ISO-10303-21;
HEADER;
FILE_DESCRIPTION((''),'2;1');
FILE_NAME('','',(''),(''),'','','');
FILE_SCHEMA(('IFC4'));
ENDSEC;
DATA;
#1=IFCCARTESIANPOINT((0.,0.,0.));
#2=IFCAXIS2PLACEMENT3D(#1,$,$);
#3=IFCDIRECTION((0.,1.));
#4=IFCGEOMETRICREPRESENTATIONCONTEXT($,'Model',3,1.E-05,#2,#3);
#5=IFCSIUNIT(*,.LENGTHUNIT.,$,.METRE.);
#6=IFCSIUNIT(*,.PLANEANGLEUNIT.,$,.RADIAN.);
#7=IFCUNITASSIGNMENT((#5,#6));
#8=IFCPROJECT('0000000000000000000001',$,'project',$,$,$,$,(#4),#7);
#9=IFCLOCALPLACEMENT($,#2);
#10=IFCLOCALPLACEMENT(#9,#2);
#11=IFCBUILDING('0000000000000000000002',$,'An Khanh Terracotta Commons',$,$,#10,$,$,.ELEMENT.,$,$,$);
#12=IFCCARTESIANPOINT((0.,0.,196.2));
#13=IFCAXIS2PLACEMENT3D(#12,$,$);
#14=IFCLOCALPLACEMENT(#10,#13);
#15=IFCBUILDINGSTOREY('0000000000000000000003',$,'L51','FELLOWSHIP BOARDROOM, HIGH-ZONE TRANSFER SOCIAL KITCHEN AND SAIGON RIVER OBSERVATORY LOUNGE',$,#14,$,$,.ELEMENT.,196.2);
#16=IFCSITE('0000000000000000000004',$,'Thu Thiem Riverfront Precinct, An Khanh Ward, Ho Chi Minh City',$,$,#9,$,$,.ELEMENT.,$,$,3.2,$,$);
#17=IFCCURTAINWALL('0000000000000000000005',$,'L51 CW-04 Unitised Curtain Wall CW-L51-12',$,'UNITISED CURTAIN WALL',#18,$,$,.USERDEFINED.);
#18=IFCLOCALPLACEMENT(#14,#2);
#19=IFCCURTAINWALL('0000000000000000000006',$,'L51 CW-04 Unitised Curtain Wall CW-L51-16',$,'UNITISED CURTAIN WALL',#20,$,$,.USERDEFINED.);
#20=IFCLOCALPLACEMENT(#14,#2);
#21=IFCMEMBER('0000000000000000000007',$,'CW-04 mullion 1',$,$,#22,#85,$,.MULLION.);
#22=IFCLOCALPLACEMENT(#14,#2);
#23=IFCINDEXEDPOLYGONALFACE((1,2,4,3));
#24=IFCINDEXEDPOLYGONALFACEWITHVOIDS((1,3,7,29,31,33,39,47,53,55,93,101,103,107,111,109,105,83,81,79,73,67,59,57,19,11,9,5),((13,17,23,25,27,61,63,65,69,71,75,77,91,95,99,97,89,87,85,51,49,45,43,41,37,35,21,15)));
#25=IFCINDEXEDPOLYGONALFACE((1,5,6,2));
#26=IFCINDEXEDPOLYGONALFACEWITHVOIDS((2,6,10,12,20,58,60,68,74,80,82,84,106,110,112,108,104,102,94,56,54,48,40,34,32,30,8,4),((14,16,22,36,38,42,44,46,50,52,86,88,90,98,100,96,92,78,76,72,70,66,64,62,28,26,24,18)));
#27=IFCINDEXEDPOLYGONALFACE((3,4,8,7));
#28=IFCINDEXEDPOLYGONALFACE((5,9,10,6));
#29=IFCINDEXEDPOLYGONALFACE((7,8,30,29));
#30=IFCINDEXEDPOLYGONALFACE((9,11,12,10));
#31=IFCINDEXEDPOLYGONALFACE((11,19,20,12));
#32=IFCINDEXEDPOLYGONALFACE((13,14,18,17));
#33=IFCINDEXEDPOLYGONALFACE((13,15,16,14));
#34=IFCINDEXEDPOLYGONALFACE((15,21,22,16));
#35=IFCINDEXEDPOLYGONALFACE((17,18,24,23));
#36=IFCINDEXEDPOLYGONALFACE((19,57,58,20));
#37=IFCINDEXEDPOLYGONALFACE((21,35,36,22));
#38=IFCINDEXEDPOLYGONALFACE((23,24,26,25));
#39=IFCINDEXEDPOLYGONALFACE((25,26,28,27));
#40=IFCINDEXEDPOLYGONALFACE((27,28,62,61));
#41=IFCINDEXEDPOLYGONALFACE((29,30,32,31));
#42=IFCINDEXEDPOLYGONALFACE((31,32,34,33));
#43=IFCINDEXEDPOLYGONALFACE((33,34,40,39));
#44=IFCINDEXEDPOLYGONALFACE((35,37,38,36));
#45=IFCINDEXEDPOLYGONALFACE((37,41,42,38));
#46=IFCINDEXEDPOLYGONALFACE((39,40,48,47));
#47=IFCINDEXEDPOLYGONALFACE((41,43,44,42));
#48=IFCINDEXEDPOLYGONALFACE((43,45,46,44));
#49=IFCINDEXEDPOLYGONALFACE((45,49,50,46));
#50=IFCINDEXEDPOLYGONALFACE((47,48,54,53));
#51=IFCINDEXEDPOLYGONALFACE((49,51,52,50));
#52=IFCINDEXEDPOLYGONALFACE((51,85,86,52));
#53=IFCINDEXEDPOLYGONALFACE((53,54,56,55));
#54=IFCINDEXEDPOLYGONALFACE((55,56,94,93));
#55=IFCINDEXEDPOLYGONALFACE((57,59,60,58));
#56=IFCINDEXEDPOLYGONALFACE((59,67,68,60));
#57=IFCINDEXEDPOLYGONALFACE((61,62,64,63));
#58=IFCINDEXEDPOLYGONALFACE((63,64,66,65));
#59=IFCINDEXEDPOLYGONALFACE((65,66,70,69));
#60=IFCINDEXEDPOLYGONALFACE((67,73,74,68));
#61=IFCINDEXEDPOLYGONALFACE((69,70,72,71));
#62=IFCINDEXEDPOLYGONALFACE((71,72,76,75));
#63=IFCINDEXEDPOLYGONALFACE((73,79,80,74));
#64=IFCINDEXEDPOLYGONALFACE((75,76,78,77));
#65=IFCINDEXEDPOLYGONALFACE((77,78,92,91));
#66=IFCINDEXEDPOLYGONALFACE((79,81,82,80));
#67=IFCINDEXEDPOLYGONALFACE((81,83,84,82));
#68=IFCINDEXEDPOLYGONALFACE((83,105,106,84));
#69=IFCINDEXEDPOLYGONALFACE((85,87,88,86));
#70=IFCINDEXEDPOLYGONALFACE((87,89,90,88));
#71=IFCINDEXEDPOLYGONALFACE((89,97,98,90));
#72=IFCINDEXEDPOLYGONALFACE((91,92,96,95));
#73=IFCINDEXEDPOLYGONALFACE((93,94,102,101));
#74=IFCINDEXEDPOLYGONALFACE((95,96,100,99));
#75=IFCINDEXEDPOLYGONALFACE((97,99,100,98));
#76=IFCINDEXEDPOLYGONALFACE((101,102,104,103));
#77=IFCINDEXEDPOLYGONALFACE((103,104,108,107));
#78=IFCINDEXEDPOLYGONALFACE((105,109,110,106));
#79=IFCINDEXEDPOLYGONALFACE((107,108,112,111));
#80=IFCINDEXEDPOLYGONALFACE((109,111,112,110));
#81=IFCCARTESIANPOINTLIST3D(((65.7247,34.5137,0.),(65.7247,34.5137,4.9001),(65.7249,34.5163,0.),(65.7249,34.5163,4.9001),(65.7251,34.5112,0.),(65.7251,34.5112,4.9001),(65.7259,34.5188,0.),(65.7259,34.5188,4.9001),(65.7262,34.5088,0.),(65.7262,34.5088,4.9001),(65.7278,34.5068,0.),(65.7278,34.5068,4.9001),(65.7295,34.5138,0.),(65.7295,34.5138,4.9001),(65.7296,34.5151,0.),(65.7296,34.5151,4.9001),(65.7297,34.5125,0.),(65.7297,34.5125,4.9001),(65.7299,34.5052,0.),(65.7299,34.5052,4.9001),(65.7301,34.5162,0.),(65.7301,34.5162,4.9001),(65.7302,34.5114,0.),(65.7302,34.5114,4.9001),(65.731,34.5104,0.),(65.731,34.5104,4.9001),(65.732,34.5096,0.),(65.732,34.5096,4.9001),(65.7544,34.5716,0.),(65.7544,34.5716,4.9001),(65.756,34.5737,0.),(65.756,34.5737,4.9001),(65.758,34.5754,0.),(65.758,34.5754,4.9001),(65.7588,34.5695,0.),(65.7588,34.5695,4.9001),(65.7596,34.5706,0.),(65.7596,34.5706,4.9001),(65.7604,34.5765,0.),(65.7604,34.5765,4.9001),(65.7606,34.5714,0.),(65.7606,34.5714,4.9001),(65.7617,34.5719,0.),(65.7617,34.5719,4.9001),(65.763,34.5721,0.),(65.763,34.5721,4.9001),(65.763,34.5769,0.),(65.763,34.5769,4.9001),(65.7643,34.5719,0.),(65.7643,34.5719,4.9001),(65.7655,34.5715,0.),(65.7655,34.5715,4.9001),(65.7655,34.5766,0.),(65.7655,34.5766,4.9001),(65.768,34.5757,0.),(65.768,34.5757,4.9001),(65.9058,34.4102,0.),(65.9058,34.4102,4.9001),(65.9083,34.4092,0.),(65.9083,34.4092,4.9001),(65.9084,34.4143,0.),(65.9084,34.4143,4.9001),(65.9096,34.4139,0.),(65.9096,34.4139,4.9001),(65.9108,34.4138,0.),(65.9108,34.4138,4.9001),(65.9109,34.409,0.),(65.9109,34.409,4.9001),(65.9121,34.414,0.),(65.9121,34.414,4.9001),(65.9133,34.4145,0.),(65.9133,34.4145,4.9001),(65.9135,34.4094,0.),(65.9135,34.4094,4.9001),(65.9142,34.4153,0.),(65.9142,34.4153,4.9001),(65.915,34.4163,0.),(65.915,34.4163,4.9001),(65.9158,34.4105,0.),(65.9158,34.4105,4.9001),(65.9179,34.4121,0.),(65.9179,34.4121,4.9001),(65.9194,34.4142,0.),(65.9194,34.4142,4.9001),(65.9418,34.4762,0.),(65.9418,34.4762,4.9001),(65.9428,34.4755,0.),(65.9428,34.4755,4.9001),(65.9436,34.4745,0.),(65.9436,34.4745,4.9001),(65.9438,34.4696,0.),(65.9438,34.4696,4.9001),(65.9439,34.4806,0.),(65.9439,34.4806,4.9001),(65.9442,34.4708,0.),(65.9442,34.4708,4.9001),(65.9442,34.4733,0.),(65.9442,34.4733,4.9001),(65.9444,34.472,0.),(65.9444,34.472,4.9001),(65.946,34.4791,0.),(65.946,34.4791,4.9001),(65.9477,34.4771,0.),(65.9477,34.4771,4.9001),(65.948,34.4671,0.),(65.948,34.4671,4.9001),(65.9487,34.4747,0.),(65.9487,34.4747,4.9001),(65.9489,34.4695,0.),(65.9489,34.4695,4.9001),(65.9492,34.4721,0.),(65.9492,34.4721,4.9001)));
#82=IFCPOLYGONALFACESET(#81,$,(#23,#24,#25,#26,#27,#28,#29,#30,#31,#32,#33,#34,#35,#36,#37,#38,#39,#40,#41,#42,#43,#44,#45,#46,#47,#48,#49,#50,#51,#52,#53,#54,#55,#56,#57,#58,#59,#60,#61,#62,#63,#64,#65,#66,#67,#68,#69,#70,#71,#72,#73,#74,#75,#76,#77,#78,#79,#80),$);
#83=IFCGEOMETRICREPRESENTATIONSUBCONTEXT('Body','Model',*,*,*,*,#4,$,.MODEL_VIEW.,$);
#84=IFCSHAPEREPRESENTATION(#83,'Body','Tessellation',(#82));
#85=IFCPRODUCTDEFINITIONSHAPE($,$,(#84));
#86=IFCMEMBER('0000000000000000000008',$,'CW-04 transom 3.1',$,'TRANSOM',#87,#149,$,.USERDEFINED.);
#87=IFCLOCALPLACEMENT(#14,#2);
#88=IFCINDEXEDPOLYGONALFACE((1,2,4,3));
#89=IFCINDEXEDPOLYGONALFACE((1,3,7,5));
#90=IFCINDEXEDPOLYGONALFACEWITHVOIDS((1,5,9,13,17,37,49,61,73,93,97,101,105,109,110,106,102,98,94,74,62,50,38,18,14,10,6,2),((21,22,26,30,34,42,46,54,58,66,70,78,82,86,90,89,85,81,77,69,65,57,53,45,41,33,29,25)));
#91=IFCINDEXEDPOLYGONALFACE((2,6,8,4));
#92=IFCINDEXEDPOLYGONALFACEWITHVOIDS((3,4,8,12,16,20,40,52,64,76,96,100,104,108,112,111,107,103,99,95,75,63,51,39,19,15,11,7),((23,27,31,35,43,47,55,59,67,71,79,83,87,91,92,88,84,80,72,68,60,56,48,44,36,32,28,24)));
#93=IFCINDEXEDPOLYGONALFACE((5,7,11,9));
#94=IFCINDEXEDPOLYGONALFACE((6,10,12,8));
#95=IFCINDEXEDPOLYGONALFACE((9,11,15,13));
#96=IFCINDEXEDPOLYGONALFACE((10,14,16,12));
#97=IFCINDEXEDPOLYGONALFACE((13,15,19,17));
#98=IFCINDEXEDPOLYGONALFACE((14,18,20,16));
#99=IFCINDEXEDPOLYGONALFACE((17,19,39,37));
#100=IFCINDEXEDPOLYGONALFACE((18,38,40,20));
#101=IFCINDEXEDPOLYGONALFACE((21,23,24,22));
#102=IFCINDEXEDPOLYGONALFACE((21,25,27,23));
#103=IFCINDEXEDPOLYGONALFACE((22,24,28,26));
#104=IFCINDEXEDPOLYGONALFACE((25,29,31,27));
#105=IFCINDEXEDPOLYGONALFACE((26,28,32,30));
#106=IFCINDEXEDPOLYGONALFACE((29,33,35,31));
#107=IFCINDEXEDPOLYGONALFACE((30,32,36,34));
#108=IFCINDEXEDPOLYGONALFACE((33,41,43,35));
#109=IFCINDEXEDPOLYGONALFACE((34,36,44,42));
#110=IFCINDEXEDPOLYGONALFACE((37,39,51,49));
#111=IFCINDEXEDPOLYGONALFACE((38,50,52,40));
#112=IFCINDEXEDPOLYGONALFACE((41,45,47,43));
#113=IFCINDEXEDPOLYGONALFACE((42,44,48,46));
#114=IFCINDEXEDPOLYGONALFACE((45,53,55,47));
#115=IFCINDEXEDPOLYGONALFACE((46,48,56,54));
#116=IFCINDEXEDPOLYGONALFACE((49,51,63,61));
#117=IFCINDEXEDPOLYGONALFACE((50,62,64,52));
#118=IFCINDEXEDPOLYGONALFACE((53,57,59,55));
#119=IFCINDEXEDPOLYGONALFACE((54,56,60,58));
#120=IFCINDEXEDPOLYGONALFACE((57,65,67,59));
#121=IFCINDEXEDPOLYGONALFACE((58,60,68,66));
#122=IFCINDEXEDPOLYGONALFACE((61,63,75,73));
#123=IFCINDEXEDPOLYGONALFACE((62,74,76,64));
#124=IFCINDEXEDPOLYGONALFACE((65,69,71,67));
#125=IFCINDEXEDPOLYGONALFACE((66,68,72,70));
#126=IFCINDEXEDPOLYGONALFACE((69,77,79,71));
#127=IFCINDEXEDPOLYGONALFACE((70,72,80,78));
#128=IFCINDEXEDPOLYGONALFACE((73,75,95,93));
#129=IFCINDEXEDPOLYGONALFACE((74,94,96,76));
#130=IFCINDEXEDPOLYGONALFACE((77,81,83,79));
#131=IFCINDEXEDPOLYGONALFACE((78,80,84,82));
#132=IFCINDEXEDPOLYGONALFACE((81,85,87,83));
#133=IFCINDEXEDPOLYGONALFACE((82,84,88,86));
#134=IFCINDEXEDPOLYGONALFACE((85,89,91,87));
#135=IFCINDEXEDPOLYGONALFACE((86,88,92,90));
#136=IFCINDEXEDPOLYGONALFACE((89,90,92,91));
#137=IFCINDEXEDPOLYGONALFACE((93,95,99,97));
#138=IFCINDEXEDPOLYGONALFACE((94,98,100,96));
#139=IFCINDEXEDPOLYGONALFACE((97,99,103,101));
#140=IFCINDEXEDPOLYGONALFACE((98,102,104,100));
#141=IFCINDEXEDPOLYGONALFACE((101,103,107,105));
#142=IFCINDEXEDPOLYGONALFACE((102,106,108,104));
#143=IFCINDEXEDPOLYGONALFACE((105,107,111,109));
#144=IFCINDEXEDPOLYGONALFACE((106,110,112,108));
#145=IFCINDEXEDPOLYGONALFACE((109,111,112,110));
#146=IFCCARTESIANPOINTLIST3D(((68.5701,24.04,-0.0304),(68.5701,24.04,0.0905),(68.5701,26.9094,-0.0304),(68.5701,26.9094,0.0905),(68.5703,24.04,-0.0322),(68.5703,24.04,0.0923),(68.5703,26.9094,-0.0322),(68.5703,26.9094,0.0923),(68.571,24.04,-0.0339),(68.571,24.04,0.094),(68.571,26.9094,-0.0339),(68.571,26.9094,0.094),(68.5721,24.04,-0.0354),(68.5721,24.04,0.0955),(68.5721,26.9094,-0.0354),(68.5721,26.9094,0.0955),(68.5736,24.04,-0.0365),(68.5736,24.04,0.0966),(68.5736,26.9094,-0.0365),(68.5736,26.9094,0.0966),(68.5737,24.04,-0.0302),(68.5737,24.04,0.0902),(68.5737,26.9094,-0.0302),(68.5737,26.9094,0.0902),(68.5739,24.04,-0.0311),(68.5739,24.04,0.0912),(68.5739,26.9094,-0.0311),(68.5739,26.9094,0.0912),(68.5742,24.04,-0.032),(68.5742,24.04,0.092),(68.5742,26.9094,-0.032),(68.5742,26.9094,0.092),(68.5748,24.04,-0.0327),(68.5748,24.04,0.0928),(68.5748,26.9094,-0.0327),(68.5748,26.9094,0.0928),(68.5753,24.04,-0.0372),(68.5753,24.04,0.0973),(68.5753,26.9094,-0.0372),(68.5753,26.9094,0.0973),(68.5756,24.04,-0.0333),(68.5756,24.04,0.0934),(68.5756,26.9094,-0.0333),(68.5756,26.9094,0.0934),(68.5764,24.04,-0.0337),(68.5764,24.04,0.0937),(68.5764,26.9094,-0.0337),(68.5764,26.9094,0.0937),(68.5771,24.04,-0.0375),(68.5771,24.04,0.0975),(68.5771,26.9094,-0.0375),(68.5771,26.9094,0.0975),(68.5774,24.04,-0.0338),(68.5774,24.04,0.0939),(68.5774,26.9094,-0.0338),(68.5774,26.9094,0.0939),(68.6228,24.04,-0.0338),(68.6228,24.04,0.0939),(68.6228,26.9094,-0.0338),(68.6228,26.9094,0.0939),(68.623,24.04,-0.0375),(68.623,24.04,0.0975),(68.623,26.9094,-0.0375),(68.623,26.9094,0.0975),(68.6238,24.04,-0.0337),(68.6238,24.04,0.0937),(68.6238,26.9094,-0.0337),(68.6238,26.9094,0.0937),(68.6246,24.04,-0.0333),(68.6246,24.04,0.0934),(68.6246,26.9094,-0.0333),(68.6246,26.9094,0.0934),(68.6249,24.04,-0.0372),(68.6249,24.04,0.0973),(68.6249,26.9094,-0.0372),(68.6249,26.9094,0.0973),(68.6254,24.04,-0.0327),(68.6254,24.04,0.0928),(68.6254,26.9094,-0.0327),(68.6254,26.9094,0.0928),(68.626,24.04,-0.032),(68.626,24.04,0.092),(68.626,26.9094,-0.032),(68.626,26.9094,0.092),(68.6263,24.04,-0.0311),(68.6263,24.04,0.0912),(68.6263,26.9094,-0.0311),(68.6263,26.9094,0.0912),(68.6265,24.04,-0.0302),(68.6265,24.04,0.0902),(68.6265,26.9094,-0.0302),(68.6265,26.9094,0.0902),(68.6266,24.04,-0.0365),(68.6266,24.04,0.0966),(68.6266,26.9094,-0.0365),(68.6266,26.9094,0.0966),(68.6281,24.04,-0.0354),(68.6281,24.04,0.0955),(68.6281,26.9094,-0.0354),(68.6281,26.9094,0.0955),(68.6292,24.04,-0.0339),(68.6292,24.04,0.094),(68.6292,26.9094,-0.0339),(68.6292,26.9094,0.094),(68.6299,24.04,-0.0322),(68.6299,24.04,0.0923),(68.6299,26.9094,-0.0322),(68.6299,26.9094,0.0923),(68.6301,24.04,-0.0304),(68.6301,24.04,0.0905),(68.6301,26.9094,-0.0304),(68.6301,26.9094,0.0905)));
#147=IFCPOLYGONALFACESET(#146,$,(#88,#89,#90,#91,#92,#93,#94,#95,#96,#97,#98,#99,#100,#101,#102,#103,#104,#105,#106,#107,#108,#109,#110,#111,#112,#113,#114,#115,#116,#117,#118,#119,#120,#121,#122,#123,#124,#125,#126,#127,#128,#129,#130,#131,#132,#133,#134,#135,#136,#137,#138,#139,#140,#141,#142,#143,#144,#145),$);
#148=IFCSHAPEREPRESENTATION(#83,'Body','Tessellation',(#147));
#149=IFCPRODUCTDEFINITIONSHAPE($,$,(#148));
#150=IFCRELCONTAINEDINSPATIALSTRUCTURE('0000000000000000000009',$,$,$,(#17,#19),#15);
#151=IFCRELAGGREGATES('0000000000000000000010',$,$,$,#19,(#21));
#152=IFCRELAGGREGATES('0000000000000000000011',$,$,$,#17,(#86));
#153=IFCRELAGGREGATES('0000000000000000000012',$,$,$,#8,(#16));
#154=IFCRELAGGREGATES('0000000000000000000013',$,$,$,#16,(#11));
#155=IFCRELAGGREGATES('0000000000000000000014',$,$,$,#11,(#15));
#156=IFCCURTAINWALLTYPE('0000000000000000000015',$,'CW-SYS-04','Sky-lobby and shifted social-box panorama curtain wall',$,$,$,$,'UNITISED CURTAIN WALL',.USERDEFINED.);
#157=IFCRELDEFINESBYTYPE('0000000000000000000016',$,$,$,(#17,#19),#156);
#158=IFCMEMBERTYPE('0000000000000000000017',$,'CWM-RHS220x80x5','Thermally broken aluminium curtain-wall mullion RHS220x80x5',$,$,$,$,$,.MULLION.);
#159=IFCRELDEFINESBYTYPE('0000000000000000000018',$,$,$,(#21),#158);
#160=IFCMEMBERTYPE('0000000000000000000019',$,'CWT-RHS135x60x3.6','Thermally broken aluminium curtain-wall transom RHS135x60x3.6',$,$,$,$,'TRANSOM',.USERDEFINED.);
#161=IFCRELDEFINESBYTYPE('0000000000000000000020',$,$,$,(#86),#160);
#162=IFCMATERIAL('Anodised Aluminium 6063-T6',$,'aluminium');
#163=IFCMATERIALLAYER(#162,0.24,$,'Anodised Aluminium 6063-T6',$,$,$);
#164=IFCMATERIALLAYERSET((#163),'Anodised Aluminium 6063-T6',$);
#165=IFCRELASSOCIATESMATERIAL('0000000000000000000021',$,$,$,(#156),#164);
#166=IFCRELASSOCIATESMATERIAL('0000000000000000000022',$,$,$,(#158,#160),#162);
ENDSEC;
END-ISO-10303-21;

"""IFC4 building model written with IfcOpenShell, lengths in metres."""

from ifc_helpers import new_model, si_unit, direction, frame, origin, origin_2d, place, context, subcontext, project, spatial, hollow_rectangle, extrude, material, layer, layer_set, material_profile, profile_set, type_object, element, aggregate, save


model = new_model("IFC4")

# Units and contexts
model_context = context("Model", 3, precision=1e-05, world=origin(), true_north=direction((0.0, 1.0)))
body_context = subcontext(model_context, "Body", "Model", "MODEL_VIEW")
ifc_project = project(units=[si_unit("LENGTHUNIT", "METRE"), si_unit("PLANEANGLEUNIT", "RADIAN")], contexts=[model_context])

# Site, building, storey
site_placement = place(None, origin())
site = spatial("IfcSite", under=ifc_project, at=site_placement, Name="Thu Thiem Riverfront Precinct, An Khanh Ward, Ho Chi Minh City", CompositionType="ELEMENT", RefElevation=3.2)
building_placement = place(site_placement, origin())
building = spatial("IfcBuilding", under=site, at=building_placement, Name="An Khanh Terracotta Commons", CompositionType="ELEMENT")
storey_placement = place(building_placement, frame((0.0, 0.0, 196.2)))
storey = spatial("IfcBuildingStorey", under=building, at=storey_placement, Name="L51", Description="FELLOWSHIP BOARDROOM, HIGH-ZONE TRANSFER SOCIAL KITCHEN AND SAIGON RIVER OBSERVATORY LOUNGE", CompositionType="ELEMENT", Elevation=196.2)

# Curtain wall
ifc_material_1 = material(Name="Anodised Aluminium 6063-T6", Category="aluminium")
ifc_layer_1 = layer(ifc_material_1, 0.24, Name="Anodised Aluminium 6063-T6")
ifc_layer_set_1 = layer_set([ifc_layer_1], Name="Anodised Aluminium 6063-T6")
curtain_wall_type = type_object("IfcCurtainWallType", Name="CW-SYS-04", Description="Sky-lobby and shifted social-box panorama curtain wall", ElementType="UNITISED CURTAIN WALL", PredefinedType="USERDEFINED", material=ifc_layer_set_1)
curtain_wall_1_placement = place(storey_placement, origin())
curtain_wall_1 = element("IfcCurtainWall", 1, at=curtain_wall_1_placement, inside=storey, type_object=curtain_wall_type, Name="L51 CW-04 Unitised Curtain Wall CW-L51-12", ObjectType="UNITISED CURTAIN WALL", PredefinedType="USERDEFINED")
ifc_material_profile_1 = material_profile(ifc_material_1, hollow_rectangle(XDim=0.0801, YDim=0.22, WallThickness=0.0049, InnerFilletRadius=0.0049, OuterFilletRadius=0.01, at=origin_2d()), Name="RHS220x80x5")
ifc_profile_set_1 = profile_set([ifc_material_profile_1], Name="Anodised Aluminium 6063-T6")
member_type_1 = type_object("IfcMemberType", Name="CWM-RHS220x80x5", Description="Thermally broken aluminium curtain-wall mullion RHS220x80x5", PredefinedType="MULLION", material=ifc_profile_set_1)

# Curtain wall, member
curtain_wall_2_placement = place(storey_placement, origin())
curtain_wall_2 = element("IfcCurtainWall", 2, at=curtain_wall_2_placement, inside=storey, type_object=curtain_wall_type, Name="L51 CW-04 Unitised Curtain Wall CW-L51-16", ObjectType="UNITISED CURTAIN WALL", PredefinedType="USERDEFINED")
member_1_placement = place(storey_placement, frame((65.8369, 34.4929, 0.0), z_axis=(0.0, 0.0, 1.0), x_axis=(-0.475381, -0.87978, 0.0)))
member_1 = element("IfcMember", 3, at=member_1_placement, type_object=member_type_1, Name="CW-04 mullion 1", PredefinedType="MULLION", context=body_context, shape_type="SweptSolid", body=[
    extrude(hollow_rectangle(XDim=0.0801, YDim=0.22, WallThickness=0.0049, InnerFilletRadius=0.0049, OuterFilletRadius=0.01, at=origin_2d()), origin(), (0.0, 0.0, 1.0), 4.9001),
])

# Member
ifc_material_profile_2 = material_profile(ifc_material_1, hollow_rectangle(XDim=0.0601, YDim=0.135, WallThickness=0.0037, InnerFilletRadius=0.0037, OuterFilletRadius=0.0071, at=origin_2d()), Name="RHS135x60x3.6")
ifc_profile_set_2 = profile_set([ifc_material_profile_2], Name="Anodised Aluminium 6063-T6")
member_type_2 = type_object("IfcMemberType", Name="CWT-RHS135x60x3.6", Description="Thermally broken aluminium curtain-wall transom RHS135x60x3.6", ElementType="TRANSOM", PredefinedType="USERDEFINED", material=ifc_profile_set_2)
member_2_placement = place(storey_placement, frame((68.6001, 24.04, 0.03), z_axis=(0.0, 1.0, 0.0), x_axis=(-1.0, 0.0, 0.0)))
member_2 = element("IfcMember", 4, at=member_2_placement, type_object=member_type_2, Name="CW-04 transom 3.1", ObjectType="TRANSOM", PredefinedType="USERDEFINED", context=body_context, shape_type="SweptSolid", body=[
    extrude(hollow_rectangle(XDim=0.0601, YDim=0.135, WallThickness=0.0037, InnerFilletRadius=0.0037, OuterFilletRadius=0.0071, at=origin_2d()), origin(), (0.0, 0.0, 1.0), 2.8694),
])
aggregate(curtain_wall_2, [member_1])

aggregate(curtain_wall_1, [member_2])

save(model, "model.ifc")
